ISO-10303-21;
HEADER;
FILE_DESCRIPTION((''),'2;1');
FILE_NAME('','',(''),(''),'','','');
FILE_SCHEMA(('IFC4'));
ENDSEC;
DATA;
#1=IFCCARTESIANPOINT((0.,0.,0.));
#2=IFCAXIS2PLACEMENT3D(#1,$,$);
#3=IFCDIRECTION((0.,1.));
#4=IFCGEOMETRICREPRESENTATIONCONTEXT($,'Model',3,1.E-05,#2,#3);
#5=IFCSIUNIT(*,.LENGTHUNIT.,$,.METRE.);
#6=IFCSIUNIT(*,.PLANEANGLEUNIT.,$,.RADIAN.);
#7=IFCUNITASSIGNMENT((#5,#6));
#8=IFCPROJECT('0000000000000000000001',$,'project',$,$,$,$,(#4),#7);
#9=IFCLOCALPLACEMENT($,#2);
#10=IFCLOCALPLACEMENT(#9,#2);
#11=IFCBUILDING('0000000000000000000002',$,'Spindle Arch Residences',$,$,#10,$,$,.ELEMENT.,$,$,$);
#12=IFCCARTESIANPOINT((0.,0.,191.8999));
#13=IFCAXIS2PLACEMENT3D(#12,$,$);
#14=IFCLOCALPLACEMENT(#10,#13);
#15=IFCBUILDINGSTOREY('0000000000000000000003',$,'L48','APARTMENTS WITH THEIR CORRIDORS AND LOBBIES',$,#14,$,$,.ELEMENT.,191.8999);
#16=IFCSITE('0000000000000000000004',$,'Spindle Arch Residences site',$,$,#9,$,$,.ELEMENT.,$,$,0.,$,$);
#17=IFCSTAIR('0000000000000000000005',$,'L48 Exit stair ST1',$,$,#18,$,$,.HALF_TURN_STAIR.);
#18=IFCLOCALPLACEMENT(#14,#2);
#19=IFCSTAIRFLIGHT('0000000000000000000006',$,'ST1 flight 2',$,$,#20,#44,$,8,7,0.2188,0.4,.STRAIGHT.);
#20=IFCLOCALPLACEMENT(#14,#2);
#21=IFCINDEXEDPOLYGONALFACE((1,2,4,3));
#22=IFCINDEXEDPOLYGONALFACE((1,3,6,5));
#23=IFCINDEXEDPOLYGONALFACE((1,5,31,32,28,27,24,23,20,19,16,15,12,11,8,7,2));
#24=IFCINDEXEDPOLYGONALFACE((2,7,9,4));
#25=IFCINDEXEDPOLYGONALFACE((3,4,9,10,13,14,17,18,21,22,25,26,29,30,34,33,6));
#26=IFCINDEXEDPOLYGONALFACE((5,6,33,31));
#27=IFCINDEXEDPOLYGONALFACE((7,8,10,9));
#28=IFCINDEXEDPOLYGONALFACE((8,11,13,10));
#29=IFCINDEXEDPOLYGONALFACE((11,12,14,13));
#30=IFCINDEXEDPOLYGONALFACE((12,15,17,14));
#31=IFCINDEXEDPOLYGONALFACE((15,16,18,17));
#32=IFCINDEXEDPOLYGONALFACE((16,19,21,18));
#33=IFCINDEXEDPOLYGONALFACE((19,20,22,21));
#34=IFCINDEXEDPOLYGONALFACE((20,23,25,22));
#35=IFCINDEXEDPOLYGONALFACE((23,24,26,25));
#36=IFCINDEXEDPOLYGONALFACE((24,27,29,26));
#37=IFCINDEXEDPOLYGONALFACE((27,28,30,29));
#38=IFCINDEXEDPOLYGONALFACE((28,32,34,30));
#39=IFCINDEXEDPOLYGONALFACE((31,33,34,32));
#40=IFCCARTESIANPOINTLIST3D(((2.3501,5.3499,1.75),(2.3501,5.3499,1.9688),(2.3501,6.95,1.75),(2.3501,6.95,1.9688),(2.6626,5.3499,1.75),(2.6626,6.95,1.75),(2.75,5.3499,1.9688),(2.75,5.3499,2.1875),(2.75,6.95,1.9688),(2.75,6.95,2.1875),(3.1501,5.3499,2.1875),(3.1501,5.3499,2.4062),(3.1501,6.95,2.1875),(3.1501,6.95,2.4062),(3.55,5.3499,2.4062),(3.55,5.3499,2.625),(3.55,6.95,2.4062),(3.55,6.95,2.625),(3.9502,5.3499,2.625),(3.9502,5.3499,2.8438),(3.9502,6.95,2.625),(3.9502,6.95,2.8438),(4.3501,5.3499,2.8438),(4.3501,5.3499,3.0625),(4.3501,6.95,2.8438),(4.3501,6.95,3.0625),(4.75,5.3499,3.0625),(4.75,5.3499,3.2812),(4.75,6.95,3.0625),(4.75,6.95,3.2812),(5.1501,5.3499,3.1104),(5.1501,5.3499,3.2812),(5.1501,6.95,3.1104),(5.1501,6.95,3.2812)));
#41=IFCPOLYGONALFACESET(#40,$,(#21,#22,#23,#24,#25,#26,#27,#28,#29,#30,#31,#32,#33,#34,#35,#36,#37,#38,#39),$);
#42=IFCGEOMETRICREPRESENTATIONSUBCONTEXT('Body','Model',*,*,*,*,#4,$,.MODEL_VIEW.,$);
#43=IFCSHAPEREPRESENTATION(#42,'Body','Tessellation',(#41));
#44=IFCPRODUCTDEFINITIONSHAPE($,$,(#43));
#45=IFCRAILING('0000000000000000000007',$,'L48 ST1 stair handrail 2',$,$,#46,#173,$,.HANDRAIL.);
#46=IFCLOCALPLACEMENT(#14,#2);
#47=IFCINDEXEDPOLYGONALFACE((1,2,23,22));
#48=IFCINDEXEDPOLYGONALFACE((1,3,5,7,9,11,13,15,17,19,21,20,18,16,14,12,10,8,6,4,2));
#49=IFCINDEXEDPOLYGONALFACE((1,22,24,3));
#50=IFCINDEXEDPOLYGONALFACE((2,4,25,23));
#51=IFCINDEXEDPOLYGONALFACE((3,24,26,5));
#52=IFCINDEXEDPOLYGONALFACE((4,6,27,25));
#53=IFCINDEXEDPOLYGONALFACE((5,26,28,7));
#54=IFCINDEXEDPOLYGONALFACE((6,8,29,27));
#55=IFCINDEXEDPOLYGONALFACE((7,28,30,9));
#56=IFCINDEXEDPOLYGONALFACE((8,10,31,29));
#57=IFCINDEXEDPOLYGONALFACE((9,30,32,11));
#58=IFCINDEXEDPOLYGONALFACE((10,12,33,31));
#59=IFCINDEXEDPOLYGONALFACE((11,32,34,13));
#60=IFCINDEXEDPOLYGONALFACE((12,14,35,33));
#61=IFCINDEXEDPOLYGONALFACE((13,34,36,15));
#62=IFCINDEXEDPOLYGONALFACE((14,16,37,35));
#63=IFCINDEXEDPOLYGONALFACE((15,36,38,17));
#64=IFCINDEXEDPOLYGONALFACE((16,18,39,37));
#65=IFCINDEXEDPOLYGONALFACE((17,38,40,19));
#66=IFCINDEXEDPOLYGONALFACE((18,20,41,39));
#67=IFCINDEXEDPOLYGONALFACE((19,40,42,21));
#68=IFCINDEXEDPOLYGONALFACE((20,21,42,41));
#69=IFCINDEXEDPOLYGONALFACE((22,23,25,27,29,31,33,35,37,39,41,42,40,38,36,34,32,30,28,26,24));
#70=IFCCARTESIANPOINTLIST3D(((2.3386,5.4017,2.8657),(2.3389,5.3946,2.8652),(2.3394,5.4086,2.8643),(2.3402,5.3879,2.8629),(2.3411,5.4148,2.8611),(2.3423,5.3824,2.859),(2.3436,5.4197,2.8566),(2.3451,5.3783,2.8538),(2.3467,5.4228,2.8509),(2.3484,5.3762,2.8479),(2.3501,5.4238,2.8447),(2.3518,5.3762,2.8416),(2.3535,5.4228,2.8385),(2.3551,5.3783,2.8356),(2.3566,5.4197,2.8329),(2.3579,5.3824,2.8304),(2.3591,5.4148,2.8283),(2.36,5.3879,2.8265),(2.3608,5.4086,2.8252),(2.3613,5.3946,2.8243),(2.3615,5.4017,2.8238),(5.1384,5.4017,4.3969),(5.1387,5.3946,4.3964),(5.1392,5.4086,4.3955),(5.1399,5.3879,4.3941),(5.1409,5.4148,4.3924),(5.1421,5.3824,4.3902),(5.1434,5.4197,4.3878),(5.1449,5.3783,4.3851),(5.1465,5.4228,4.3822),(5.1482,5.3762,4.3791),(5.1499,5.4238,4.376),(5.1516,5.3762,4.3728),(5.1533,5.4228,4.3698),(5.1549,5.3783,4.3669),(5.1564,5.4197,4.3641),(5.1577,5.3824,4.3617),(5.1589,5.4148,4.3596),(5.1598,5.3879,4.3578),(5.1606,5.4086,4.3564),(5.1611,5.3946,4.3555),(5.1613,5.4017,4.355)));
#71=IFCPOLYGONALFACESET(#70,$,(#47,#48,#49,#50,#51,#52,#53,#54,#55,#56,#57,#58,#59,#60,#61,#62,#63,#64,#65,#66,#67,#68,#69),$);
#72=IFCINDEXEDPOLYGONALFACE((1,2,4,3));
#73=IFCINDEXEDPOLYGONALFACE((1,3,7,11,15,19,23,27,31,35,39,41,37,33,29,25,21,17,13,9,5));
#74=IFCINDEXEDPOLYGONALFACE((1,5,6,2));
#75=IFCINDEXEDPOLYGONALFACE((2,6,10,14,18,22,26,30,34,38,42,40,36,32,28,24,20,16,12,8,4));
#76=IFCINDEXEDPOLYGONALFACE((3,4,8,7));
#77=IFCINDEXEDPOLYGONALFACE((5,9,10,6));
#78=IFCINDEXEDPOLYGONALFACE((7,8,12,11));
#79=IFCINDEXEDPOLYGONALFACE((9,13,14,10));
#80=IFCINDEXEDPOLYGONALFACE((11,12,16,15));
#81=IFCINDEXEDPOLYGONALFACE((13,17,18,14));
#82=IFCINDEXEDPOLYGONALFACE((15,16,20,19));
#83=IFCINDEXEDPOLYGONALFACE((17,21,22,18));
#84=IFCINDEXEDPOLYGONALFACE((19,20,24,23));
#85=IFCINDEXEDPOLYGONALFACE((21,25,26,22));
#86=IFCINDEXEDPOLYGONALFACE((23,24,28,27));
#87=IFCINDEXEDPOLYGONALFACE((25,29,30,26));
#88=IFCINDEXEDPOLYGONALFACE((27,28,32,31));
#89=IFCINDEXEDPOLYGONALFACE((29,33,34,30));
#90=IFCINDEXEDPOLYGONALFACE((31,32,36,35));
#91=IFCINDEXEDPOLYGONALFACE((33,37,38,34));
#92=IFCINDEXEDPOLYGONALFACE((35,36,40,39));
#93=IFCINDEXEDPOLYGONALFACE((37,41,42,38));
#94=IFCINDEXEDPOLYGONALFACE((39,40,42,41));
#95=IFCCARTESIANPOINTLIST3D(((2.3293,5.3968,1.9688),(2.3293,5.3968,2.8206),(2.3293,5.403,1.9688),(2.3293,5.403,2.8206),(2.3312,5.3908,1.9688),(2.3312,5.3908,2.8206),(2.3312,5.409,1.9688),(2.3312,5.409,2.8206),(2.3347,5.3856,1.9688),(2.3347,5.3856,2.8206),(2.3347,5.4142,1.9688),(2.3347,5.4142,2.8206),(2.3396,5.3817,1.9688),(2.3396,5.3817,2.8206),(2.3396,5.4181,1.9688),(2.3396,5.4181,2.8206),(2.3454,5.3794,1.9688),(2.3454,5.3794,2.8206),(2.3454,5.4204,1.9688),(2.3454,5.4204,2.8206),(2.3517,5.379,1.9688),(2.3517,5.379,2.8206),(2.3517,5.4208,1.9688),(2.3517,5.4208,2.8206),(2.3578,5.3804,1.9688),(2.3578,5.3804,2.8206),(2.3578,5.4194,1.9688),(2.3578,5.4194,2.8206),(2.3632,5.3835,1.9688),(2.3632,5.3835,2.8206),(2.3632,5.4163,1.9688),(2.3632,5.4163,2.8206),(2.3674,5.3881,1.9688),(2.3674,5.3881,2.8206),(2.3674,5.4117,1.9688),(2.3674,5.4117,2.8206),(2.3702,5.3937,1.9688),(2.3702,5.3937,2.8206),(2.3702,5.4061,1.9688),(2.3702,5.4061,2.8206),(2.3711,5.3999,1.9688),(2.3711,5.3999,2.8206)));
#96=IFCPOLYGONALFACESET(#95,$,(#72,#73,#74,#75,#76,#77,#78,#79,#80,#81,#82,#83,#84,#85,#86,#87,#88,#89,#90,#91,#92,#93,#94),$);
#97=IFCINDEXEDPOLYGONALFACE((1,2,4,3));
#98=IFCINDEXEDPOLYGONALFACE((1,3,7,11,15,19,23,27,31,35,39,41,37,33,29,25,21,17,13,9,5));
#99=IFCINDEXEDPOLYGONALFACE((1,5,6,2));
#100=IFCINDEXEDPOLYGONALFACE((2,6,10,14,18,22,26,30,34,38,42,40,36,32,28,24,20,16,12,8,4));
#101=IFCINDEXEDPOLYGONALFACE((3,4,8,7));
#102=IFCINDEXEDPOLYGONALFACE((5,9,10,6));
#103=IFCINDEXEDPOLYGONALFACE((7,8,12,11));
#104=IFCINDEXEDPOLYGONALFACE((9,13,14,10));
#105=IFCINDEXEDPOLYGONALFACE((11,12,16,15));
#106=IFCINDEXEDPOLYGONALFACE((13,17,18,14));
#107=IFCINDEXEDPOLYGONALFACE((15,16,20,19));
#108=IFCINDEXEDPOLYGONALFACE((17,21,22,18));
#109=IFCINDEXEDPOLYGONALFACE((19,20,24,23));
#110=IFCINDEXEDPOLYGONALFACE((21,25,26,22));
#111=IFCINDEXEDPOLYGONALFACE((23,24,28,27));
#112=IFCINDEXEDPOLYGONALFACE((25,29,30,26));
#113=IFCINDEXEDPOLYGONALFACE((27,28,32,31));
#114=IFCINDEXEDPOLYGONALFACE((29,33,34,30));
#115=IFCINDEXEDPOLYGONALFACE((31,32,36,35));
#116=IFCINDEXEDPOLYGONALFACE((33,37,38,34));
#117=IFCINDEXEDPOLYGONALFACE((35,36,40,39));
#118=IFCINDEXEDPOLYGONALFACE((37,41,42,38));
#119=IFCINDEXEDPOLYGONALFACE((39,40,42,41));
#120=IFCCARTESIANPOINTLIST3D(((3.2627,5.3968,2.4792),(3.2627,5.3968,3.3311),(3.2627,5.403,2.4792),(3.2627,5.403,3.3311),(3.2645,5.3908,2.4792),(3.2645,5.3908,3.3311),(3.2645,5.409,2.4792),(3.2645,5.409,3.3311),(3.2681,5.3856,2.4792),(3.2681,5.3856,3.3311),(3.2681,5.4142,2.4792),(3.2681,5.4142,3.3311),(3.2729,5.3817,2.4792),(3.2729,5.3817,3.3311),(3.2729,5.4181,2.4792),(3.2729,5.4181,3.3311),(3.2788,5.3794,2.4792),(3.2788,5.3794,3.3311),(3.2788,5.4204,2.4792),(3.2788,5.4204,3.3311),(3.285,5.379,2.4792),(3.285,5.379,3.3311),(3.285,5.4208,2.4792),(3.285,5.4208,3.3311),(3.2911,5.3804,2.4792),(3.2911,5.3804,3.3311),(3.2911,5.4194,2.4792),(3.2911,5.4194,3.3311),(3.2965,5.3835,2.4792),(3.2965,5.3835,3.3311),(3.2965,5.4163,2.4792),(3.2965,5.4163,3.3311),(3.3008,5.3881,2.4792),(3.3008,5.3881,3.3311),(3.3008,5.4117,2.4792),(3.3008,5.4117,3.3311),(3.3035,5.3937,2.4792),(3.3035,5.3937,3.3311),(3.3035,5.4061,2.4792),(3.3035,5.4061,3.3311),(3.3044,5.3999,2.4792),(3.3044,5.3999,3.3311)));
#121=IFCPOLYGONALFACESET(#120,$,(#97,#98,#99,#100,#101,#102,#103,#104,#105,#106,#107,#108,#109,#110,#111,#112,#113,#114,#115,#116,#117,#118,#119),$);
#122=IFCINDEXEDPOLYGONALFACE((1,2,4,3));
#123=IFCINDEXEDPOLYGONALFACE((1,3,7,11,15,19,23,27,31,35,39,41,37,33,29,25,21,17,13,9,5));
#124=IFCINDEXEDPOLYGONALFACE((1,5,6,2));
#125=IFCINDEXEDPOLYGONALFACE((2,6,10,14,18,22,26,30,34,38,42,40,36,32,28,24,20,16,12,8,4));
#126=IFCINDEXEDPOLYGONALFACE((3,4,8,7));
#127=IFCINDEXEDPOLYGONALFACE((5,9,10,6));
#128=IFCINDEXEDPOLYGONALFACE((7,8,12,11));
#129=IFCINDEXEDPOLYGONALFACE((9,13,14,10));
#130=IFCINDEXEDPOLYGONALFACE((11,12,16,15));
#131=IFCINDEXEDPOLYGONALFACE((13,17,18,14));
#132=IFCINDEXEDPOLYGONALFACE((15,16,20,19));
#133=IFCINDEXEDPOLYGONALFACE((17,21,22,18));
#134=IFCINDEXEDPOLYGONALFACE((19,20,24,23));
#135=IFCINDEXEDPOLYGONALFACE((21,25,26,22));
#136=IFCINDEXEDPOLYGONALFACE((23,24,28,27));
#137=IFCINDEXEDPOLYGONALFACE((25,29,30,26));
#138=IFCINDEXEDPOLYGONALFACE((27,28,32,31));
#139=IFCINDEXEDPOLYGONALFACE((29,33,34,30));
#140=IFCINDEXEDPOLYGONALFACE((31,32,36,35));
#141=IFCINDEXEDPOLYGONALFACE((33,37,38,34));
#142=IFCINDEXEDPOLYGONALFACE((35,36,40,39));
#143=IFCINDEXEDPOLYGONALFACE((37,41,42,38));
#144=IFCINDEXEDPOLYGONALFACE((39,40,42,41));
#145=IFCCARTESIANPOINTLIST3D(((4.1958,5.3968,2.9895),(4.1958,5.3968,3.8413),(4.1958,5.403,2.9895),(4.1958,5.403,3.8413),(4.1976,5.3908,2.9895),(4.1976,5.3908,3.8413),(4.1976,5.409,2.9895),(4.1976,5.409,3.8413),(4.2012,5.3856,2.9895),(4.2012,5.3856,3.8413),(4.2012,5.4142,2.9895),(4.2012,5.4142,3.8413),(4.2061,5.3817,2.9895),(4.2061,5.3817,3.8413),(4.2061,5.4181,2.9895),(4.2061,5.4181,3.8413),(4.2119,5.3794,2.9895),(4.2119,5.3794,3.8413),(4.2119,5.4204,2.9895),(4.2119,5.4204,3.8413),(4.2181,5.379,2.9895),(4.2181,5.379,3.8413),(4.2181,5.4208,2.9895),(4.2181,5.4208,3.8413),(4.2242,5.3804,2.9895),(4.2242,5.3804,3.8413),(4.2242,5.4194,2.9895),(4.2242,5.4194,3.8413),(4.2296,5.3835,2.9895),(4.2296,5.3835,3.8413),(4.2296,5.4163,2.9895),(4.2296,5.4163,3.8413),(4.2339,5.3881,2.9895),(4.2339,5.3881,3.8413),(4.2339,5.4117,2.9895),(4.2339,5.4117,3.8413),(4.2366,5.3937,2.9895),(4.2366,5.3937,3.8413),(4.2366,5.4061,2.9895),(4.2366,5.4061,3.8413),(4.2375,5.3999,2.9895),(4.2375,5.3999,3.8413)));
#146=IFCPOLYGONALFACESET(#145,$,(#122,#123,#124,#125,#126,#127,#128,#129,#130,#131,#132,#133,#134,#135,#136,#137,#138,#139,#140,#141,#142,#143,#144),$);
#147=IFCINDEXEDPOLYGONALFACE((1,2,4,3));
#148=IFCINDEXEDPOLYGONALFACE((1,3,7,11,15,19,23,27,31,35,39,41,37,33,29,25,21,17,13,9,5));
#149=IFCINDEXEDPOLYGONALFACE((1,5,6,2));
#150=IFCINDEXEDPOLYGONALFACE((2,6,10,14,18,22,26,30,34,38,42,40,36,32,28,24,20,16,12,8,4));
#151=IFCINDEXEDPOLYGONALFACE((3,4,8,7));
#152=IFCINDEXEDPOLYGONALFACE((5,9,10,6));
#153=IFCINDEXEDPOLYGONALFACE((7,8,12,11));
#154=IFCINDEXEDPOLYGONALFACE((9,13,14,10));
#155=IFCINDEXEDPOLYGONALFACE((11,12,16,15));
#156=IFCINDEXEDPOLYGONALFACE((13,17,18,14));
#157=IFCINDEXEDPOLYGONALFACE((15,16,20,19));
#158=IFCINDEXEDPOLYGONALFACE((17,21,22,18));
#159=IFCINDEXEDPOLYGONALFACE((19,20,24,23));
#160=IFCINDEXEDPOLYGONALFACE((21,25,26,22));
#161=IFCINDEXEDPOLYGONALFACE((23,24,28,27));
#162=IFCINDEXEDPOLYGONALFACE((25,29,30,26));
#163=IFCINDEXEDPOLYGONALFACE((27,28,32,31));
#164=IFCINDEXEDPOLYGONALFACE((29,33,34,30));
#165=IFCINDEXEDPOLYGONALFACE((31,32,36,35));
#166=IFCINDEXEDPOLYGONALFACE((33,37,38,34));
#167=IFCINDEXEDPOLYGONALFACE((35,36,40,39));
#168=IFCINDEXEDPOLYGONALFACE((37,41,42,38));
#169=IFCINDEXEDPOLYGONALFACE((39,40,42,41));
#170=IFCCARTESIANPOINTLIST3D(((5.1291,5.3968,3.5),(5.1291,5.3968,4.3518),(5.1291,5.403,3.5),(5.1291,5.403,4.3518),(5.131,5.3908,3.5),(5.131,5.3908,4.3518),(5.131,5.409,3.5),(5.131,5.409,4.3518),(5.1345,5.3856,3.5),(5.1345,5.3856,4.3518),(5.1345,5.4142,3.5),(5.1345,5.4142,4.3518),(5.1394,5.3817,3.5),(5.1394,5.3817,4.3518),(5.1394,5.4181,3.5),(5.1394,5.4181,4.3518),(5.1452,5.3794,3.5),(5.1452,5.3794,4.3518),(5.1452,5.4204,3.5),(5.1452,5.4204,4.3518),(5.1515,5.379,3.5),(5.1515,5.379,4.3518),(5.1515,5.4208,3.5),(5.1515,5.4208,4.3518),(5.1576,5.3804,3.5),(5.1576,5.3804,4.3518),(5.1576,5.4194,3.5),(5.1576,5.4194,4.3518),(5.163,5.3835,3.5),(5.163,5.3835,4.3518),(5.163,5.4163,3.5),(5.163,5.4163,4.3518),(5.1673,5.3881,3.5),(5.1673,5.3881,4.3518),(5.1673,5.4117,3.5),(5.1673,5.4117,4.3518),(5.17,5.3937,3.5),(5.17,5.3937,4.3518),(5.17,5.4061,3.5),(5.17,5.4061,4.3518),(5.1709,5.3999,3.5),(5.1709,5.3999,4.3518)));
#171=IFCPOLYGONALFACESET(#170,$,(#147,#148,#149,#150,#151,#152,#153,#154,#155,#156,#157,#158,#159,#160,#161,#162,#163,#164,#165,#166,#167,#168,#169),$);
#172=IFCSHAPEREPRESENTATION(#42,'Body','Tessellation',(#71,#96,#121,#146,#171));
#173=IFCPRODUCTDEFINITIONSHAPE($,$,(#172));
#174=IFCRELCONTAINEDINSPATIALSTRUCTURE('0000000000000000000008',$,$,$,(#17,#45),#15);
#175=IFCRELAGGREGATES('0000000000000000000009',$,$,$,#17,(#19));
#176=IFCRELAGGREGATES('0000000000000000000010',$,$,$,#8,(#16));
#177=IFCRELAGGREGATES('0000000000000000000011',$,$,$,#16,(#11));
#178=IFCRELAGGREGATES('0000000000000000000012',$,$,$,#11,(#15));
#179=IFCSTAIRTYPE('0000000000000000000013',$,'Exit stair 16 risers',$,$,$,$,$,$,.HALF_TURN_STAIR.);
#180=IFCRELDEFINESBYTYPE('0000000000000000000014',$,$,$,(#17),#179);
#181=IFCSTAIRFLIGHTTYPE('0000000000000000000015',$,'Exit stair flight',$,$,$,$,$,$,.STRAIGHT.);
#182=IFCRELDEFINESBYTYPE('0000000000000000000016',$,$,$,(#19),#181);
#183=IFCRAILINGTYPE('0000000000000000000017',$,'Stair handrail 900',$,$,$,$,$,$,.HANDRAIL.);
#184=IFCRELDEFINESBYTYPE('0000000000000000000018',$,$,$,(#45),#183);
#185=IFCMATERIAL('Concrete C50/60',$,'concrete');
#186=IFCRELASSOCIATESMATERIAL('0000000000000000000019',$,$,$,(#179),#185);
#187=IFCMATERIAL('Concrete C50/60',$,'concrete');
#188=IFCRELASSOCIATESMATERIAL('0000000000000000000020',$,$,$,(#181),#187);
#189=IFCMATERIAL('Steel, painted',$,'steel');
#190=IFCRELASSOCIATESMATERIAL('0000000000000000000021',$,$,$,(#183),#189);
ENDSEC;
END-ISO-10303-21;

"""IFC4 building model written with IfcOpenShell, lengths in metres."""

from ifc_helpers import new_model, si_unit, direction, frame, origin, origin_2d, place, context, subcontext, project, spatial, polyline, circle, outline, extrude, material, type_object, element, aggregate, save


model = new_model("IFC4")

# Units and contexts
model_context = context("Model", 3, precision=1e-05, world=origin(), true_north=direction((0.0, 1.0)))
body_context = subcontext(model_context, "Body", "Model", "MODEL_VIEW")
ifc_project = project(units=[si_unit("LENGTHUNIT", "METRE"), si_unit("PLANEANGLEUNIT", "RADIAN")], contexts=[model_context])

# Site, building, storey
site_placement = place(None, origin())
site = spatial("IfcSite", under=ifc_project, at=site_placement, Name="Spindle Arch Residences site", CompositionType="ELEMENT", RefElevation=0.0)
building_placement = place(site_placement, origin())
building = spatial("IfcBuilding", under=site, at=building_placement, Name="Spindle Arch Residences", CompositionType="ELEMENT")
storey_placement = place(building_placement, frame((0.0, 0.0, 191.8999)))
storey = spatial("IfcBuildingStorey", under=building, at=storey_placement, Name="L48", Description="APARTMENTS WITH THEIR CORRIDORS AND LOBBIES", CompositionType="ELEMENT", Elevation=191.8999)

# Stair, stair flight
ifc_material_1 = material(Name="Concrete C50/60", Category="concrete")
stair_type = type_object("IfcStairType", Name="Exit stair 16 risers", PredefinedType="HALF_TURN_STAIR", material=ifc_material_1)
stair_placement = place(storey_placement, origin())
stair = element("IfcStair", 1, at=stair_placement, inside=storey, type_object=stair_type, Name="L48 Exit stair ST1", PredefinedType="HALF_TURN_STAIR")
ifc_material_2 = material(Name="Concrete C50/60", Category="concrete")
stair_flight_type = type_object("IfcStairFlightType", Name="Exit stair flight", PredefinedType="STRAIGHT", material=ifc_material_2)
stair_flight_placement = place(storey_placement, frame((2.3501, 6.1499, 1.75), z_axis=(0.0, 0.0, 1.0), x_axis=(1.0, 0.0, 0.0)))
stair_flight = element("IfcStairFlight", 2, at=stair_flight_placement, type_object=stair_flight_type, Name="ST1 flight 2", NumberOfRisers=8, NumberOfTreads=7, PredefinedType="STRAIGHT", RiserHeight=0.2188, TreadLength=0.4, context=body_context, shape_type="SweptSolid", body=[
    extrude(outline(polyline([(0.0, 0.0), (0.0, 0.2188), (0.3999, 0.2188), (0.3999, 0.4375), (0.8, 0.4375), (0.8, 0.6562), (1.2, 0.6562), (1.2, 0.875), (1.6001, 0.875), (1.6001, 1.0938), (2.0, 1.0938), (2.0, 1.3125), (2.3999, 1.3125), (2.3999, 1.5312), (2.8, 1.5312), (2.8, 1.75), (2.8, 1.3604), (0.3125, 0.0), (0.0, 0.0)])), frame((0.0, 0.8, 0.0), z_axis=(0.0, -1.0, 0.0), x_axis=(1.0, 0.0, 0.0)), (0.0, 0.0, 1.0), 1.6001),
])
aggregate(stair, [stair_flight])

# Railing
ifc_material_3 = material(Name="Steel, painted", Category="steel")
railing_type = type_object("IfcRailingType", Name="Stair handrail 900", PredefinedType="HANDRAIL", material=ifc_material_3)
railing_placement = place(storey_placement, frame((2.3501, 5.3999, 1.9688)))
element("IfcRailing", 3, at=railing_placement, inside=storey, type_object=railing_type, Name="L48 ST1 stair handrail 2", PredefinedType="HANDRAIL", context=body_context, shape_type="SweptSolid", body=[
    extrude(circle(Radius=0.0239, at=origin_2d()), frame((0.0, 0.0, 0.876), z_axis=(0.877357, 0.0, 0.479838), x_axis=(0.0, 1.0, 0.0)), (0.0, 0.0, 1.0), 3.1912),
    extrude(circle(Radius=0.021, at=origin_2d()), origin(), (0.0, 0.0, 1.0), 0.8518),
    extrude(circle(Radius=0.021, at=origin_2d()), frame((0.9333, 0.0, 0.5105)), (0.0, 0.0, 1.0), 0.8518),
    extrude(circle(Radius=0.021, at=origin_2d()), frame((1.8665, 0.0, 1.0208)), (0.0, 0.0, 1.0), 0.8518),
    extrude(circle(Radius=0.021, at=origin_2d()), frame((2.7998, 0.0, 1.5312)), (0.0, 0.0, 1.0), 0.8518),
])

save(model, "model.ifc")
